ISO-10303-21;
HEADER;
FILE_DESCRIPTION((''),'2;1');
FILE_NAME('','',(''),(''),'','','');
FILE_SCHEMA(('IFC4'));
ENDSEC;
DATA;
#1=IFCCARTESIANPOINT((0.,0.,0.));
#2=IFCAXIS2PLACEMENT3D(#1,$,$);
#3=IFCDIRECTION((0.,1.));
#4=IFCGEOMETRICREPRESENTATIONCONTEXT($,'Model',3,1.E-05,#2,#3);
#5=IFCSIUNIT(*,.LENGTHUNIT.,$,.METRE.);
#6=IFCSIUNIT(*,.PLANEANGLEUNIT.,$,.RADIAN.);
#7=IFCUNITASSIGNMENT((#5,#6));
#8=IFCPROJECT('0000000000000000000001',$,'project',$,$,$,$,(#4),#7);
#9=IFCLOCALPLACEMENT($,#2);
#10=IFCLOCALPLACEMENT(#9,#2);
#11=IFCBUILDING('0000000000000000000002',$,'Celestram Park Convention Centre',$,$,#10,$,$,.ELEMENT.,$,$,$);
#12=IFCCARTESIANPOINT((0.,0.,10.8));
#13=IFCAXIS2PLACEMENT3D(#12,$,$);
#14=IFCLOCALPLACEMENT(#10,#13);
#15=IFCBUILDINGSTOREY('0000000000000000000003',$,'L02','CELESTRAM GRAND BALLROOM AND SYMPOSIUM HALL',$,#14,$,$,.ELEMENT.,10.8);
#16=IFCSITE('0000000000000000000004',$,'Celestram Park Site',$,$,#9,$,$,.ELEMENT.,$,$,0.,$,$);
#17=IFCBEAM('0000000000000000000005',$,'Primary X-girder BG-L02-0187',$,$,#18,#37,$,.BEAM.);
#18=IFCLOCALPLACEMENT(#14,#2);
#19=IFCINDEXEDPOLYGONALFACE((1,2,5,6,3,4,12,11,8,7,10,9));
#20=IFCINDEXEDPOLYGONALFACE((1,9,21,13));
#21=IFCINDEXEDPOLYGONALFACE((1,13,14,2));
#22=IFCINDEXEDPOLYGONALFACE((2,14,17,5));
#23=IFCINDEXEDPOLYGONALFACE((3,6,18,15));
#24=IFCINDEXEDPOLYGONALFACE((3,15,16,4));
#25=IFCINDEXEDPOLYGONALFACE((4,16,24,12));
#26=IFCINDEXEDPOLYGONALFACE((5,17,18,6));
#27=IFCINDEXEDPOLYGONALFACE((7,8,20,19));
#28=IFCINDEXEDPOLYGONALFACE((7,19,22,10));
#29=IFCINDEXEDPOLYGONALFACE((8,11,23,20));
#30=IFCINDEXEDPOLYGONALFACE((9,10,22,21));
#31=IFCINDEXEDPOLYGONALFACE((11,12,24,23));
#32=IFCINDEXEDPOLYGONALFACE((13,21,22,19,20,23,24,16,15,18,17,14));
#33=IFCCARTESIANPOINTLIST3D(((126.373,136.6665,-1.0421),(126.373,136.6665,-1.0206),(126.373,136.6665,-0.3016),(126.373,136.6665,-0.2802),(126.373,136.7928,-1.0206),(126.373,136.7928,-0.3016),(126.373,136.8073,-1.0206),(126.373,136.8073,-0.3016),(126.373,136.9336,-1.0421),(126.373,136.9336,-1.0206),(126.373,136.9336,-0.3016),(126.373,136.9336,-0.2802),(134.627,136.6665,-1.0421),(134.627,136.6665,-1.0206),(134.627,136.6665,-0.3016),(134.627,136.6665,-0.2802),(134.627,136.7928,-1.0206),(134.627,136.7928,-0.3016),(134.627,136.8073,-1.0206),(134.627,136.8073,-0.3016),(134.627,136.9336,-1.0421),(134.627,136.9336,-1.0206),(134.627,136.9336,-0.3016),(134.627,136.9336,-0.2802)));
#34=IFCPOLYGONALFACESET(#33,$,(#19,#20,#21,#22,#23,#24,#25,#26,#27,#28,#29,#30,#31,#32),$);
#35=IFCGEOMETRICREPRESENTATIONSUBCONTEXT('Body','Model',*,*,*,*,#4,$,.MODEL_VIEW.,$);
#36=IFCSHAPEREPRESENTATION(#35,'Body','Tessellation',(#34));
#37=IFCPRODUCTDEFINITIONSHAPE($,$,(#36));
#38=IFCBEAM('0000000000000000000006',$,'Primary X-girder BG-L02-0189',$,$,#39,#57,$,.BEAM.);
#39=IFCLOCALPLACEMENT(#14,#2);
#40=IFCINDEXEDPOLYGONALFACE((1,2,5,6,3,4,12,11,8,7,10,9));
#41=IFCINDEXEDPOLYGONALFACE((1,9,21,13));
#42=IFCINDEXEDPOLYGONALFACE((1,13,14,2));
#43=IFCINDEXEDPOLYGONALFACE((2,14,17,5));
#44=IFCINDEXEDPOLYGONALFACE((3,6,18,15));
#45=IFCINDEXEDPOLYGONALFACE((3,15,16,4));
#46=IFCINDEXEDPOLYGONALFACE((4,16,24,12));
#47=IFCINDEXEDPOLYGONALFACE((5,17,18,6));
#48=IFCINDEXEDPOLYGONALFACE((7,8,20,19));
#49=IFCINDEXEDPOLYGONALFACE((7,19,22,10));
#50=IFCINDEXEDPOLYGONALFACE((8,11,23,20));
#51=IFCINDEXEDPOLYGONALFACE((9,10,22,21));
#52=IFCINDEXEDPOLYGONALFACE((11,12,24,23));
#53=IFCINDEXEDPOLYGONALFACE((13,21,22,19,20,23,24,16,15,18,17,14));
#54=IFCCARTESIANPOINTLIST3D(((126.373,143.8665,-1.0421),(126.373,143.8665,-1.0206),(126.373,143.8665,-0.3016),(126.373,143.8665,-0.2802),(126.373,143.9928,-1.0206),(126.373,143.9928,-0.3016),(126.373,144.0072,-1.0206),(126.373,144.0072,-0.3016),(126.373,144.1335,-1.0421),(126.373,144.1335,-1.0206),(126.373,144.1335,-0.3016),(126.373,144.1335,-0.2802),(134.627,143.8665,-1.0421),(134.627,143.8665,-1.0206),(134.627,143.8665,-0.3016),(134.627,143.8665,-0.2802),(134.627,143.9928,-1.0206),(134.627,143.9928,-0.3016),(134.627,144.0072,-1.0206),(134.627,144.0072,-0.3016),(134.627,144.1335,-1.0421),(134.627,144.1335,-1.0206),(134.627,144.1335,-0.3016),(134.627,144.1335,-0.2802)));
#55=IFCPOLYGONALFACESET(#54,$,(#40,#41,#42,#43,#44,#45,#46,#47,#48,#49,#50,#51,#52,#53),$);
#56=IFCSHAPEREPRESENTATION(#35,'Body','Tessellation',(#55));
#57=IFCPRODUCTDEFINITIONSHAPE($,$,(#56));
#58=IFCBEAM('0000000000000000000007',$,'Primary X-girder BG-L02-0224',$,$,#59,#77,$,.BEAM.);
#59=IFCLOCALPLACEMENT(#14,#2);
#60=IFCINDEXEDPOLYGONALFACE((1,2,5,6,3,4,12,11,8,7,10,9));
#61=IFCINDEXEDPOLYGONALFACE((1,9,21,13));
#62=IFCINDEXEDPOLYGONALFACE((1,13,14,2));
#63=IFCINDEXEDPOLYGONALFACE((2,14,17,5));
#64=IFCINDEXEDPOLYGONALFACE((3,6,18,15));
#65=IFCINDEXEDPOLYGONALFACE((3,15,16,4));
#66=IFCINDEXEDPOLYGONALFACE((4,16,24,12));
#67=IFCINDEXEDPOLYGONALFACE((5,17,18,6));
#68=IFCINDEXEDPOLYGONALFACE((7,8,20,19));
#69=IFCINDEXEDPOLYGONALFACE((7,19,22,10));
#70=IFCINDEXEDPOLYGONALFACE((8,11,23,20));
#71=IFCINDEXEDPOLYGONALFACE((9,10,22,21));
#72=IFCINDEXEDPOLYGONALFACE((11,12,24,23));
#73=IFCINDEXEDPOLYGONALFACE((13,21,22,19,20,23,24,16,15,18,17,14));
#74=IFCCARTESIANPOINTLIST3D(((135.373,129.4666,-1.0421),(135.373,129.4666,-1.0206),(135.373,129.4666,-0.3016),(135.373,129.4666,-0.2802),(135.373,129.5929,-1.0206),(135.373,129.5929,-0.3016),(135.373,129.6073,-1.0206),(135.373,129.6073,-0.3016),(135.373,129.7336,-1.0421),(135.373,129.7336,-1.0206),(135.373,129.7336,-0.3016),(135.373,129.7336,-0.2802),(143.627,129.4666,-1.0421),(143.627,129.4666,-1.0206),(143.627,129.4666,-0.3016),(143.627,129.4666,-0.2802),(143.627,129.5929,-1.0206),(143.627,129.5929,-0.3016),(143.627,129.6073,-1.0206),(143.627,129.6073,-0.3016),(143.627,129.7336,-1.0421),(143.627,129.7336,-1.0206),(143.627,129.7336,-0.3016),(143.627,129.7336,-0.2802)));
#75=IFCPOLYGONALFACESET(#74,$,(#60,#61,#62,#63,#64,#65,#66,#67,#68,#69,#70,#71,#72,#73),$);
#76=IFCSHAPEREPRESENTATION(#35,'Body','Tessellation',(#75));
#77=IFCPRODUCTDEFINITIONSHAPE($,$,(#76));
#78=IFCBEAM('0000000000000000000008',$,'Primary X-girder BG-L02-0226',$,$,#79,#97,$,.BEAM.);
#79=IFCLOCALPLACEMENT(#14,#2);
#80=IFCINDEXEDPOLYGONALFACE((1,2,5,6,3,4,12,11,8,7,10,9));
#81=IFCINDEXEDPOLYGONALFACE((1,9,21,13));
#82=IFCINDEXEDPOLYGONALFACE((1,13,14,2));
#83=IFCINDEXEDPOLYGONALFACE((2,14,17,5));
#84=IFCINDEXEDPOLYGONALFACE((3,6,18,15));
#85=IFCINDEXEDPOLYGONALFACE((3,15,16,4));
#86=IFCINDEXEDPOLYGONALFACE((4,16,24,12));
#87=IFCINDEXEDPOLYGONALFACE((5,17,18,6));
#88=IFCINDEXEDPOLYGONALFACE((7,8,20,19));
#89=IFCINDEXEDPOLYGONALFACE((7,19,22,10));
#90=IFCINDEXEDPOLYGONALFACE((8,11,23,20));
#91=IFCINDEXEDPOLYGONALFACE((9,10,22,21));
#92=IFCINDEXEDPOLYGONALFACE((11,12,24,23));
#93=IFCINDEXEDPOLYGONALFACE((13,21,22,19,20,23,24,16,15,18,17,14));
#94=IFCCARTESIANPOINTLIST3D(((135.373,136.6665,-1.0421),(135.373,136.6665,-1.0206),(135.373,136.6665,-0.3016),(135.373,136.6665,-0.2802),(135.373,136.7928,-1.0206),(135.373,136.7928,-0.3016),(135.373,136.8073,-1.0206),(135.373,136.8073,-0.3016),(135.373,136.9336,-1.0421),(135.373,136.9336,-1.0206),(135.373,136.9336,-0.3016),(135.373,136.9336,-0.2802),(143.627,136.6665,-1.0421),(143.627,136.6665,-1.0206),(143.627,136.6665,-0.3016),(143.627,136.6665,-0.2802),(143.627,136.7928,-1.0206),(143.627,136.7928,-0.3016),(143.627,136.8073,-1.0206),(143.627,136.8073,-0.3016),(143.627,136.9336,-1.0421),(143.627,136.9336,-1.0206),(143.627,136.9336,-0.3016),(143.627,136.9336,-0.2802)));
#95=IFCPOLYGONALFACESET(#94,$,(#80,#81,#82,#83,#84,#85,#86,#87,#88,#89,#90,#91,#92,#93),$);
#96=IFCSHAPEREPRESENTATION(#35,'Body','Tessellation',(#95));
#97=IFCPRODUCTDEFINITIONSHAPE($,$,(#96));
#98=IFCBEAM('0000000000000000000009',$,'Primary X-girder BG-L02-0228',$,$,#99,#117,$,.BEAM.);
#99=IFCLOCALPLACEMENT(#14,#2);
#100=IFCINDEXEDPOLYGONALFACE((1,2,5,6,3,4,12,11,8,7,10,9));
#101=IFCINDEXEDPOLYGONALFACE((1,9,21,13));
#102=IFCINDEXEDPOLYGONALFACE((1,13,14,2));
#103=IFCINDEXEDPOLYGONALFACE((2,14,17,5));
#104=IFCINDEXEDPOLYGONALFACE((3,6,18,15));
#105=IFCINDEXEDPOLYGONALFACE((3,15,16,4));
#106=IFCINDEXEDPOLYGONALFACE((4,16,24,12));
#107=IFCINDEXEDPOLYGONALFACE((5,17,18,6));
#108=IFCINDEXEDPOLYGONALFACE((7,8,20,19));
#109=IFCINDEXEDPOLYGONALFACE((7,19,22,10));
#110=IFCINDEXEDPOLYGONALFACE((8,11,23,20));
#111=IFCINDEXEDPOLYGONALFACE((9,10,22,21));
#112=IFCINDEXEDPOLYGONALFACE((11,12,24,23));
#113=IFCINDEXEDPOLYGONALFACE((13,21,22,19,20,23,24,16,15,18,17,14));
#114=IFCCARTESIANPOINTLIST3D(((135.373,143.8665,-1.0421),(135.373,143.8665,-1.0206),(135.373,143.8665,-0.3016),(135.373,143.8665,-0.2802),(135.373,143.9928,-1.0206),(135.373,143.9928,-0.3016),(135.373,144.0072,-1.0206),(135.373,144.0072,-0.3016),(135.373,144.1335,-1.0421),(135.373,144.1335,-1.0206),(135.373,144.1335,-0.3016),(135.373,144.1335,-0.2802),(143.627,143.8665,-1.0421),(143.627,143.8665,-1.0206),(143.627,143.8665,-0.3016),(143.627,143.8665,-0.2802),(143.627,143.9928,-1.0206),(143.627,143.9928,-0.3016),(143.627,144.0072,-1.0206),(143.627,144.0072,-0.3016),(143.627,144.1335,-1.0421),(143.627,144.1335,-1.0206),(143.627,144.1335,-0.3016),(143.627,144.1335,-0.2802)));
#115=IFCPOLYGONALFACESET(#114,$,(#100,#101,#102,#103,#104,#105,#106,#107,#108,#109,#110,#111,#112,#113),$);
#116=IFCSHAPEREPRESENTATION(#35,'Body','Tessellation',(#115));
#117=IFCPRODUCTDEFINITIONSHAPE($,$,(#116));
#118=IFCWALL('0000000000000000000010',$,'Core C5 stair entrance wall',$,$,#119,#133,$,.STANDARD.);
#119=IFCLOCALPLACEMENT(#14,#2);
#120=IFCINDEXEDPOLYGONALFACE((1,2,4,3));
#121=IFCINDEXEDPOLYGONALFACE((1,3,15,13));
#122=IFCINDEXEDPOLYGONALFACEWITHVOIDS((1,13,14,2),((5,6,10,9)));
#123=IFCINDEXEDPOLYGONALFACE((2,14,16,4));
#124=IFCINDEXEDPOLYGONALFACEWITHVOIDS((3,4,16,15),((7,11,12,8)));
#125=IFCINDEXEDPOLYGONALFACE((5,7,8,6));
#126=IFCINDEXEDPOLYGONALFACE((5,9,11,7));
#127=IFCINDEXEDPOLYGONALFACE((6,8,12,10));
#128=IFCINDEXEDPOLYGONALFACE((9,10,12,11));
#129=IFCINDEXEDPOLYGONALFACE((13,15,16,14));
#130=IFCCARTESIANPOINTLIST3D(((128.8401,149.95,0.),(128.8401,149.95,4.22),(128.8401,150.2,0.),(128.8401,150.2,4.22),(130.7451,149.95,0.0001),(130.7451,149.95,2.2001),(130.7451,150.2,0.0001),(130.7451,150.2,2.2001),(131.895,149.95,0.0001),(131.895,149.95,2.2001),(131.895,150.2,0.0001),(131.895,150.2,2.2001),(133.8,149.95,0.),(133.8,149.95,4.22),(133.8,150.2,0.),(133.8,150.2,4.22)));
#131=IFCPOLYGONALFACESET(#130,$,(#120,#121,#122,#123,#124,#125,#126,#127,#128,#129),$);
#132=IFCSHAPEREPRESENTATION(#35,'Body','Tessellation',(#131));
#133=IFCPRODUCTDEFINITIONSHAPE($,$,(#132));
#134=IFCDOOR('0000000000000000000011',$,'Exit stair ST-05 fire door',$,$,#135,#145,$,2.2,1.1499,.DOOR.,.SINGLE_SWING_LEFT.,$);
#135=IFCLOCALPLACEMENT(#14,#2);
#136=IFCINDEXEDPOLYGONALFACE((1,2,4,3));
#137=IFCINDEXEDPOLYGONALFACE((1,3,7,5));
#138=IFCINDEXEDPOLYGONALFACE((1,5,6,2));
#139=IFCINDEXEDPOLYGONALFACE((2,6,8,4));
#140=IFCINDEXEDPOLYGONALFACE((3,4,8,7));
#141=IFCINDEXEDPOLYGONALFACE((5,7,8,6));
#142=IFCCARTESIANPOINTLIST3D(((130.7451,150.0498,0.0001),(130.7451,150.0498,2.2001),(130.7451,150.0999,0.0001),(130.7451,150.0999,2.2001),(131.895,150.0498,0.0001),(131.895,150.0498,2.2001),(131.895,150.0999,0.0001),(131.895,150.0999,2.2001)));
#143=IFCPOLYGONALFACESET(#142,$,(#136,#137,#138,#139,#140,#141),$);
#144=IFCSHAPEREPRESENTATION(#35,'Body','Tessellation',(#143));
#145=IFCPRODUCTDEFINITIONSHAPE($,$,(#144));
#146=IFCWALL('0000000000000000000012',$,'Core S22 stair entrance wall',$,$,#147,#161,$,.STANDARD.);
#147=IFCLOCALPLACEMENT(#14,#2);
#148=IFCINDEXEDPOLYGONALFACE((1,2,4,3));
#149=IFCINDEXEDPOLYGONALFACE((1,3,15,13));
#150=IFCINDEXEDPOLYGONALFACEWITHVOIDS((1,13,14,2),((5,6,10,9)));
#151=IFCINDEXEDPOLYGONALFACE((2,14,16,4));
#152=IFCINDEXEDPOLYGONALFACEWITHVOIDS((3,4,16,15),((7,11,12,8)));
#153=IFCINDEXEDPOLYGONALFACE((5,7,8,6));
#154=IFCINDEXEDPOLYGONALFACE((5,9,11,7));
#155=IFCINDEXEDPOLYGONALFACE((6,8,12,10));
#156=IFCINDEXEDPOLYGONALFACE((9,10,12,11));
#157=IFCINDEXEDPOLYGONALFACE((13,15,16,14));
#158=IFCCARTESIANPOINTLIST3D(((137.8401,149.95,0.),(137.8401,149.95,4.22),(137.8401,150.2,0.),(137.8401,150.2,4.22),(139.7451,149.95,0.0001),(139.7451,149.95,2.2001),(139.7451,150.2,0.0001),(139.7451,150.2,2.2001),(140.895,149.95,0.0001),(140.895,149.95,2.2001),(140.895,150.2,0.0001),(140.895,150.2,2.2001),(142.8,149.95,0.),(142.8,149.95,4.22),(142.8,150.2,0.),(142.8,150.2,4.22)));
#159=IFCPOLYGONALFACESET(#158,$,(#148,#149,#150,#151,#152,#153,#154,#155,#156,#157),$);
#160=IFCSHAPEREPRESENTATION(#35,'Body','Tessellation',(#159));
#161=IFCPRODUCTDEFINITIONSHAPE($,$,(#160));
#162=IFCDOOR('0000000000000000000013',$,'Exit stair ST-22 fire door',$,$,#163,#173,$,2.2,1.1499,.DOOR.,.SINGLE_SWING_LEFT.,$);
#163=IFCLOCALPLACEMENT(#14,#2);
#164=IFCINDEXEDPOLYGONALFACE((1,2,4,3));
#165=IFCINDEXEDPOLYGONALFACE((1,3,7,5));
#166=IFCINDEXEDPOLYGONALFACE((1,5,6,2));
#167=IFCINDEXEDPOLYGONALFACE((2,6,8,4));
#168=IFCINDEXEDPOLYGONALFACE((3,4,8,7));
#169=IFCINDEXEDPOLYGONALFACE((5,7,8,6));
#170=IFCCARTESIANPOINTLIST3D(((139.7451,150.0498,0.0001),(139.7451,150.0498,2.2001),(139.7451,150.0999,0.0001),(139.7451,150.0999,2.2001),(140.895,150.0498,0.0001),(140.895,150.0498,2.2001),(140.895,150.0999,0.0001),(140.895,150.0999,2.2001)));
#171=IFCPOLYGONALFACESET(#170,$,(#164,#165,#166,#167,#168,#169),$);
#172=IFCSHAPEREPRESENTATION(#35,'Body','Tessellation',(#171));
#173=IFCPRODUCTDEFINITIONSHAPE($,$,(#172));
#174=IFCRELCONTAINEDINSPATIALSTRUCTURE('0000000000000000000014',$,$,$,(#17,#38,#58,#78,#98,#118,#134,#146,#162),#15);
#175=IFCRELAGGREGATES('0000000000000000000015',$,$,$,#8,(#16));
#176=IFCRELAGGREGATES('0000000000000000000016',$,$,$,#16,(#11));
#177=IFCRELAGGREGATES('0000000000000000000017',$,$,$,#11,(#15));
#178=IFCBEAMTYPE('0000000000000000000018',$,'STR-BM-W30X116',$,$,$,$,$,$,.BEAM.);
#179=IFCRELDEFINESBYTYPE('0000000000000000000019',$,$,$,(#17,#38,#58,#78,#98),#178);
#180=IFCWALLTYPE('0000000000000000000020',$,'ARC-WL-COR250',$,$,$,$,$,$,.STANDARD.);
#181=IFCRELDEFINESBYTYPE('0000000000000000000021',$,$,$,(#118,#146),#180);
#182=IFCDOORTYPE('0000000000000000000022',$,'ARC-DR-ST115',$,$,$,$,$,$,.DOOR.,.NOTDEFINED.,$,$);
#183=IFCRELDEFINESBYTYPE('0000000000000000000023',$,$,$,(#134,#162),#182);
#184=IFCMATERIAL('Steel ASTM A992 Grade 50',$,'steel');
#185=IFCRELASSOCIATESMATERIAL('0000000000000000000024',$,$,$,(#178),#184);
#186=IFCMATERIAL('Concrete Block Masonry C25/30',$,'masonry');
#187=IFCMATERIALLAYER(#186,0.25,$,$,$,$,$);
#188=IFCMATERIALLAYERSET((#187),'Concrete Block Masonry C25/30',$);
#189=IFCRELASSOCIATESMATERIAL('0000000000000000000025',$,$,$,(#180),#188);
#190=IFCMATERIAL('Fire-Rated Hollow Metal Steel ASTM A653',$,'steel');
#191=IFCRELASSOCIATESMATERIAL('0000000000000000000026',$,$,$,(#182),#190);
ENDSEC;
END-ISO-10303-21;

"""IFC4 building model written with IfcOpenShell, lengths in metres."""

from ifc_helpers import new_model, si_unit, direction, frame, frame_2d, origin, origin_2d, place, context, subcontext, project, spatial, rectangle, i_section, extrude, material, layer, layer_set, material_profile, profile_set, type_object, element, fill, save


model = new_model("IFC4")

# Units and contexts
model_context = context("Model", 3, precision=1e-05, world=origin(), true_north=direction((0.0, 1.0)))
body_context = subcontext(model_context, "Body", "Model", "MODEL_VIEW")
ifc_project = project(units=[si_unit("LENGTHUNIT", "METRE"), si_unit("PLANEANGLEUNIT", "RADIAN")], contexts=[model_context])

# Site, building, storey
site_placement = place(None, origin())
site = spatial("IfcSite", under=ifc_project, at=site_placement, Name="Celestram Park Site", CompositionType="ELEMENT", RefElevation=0.0)
building_placement = place(site_placement, origin())
building = spatial("IfcBuilding", under=site, at=building_placement, Name="Celestram Park Convention Centre", CompositionType="ELEMENT")
storey_placement = place(building_placement, frame((0.0, 0.0, 10.8)))
storey = spatial("IfcBuildingStorey", under=building, at=storey_placement, Name="L02", Description="CELESTRAM GRAND BALLROOM AND SYMPOSIUM HALL", CompositionType="ELEMENT", Elevation=10.8)

# Beams
ifc_material_1 = material(Name="Steel ASTM A992 Grade 50", Category="steel")
ifc_material_profile_1 = material_profile(ifc_material_1, i_section(OverallWidth=0.2671, OverallDepth=0.762, WebThickness=0.0144, FlangeThickness=0.0215, at=origin_2d()), Name="W30X116")
ifc_profile_set_1 = profile_set([ifc_material_profile_1], Name="Steel ASTM A992 Grade 50")
beam_type_1 = type_object("IfcBeamType", Name="STR-BM-W30X116", PredefinedType="BEAM", material=ifc_profile_set_1)
for number, where, z_axis, x_axis, name in (
    (1, (126.373, 136.8, -0.6611), (1.0, 0.0, 0.0), (0.0, 1.0, 0.0), "Primary X-girder BG-L02-0187"),
    (2, (126.373, 144.0, -0.6611), (1.0, 0.0, 0.0), (0.0, 1.0, 0.0), "Primary X-girder BG-L02-0189"),
    (3, (135.373, 129.6001, -0.6611), (1.0, 0.0, 0.0), (0.0, 1.0, 0.0), "Primary X-girder BG-L02-0224"),
    (4, (135.373, 136.8, -0.6611), (1.0, 0.0, 0.0), (0.0, 1.0, 0.0), "Primary X-girder BG-L02-0226"),
    (5, (135.373, 144.0, -0.6611), (1.0, 0.0, 0.0), (0.0, 1.0, 0.0), "Primary X-girder BG-L02-0228"),
):
    element("IfcBeam", number, at=place(storey_placement, frame(where, z_axis=z_axis, x_axis=x_axis)), inside=storey, type_object=beam_type_1, Name=name, PredefinedType="BEAM", context=body_context, shape_type="SweptSolid", body=[
        extrude(i_section(OverallWidth=0.2671, OverallDepth=0.762, WebThickness=0.0144, FlangeThickness=0.0215, at=origin_2d()), origin(), (0.0, 0.0, 1.0), 8.2539),
    ])

# Walls, openings, doors
ifc_material_2 = material(Name="Concrete Block Masonry C25/30", Category="masonry")
ifc_layer_1 = layer(ifc_material_2, 0.25)
ifc_layer_set_1 = layer_set([ifc_layer_1], Name="Concrete Block Masonry C25/30")
wall_type_1 = type_object("IfcWallType", Name="ARC-WL-COR250", PredefinedType="STANDARD", material=ifc_layer_set_1)
wall_1_placement = place(storey_placement, frame((128.8401, 150.075, 0.0), z_axis=(0.0, 0.0, 1.0), x_axis=(1.0, 0.0, 0.0)))
wall_1 = element("IfcWall", 6, at=wall_1_placement, inside=storey, type_object=wall_type_1, Name="Core C5 stair entrance wall", PredefinedType="STANDARD", context=body_context, shape_type="SweptSolid", body=[
    extrude(rectangle(XDim=4.96, YDim=0.25, at=frame_2d((2.48, 0.0))), origin(), (0.0, 0.0, 1.0), 4.22),
])
opening_1_placement = place(wall_1_placement, frame((1.905, 0.0, 0.0)))
opening_1 = element("IfcOpeningElement", 7, at=opening_1_placement, cuts=wall_1, PredefinedType="OPENING", context=body_context, shape_type="SweptSolid", body=[
    extrude(rectangle(XDim=1.1499, YDim=2.2, at=frame_2d((0.575, 1.1001))), frame((0.0, 0.135, 0.0), z_axis=(0.0, -1.0, 0.0), x_axis=(1.0, 0.0, 0.0)), (0.0, 0.0, 1.0), 0.27),
])
ifc_material_3 = material(Name="Fire-Rated Hollow Metal Steel ASTM A653", Category="steel")
door_type_1 = type_object("IfcDoorType", Name="ARC-DR-ST115", OperationType="NOTDEFINED", PredefinedType="DOOR", material=ifc_material_3)
door_1_placement = place(opening_1_placement, origin())
door_1 = element("IfcDoor", 8, at=door_1_placement, inside=storey, type_object=door_type_1, Name="Exit stair ST-05 fire door", OperationType="SINGLE_SWING_LEFT", OverallHeight=2.2, OverallWidth=1.1499, PredefinedType="DOOR", context=body_context, shape_type="SweptSolid", body=[
    extrude(rectangle(XDim=1.1499, YDim=2.2, at=frame_2d((0.575, 1.1001))), frame((0.0, 0.0249, 0.0), z_axis=(0.0, -1.0, 0.0), x_axis=(1.0, 0.0, 0.0)), (0.0, 0.0, 1.0), 0.05),
])
fill(opening_1, door_1)
wall_2_placement = place(storey_placement, frame((137.8401, 150.075, 0.0), z_axis=(0.0, 0.0, 1.0), x_axis=(1.0, 0.0, 0.0)))
wall_2 = element("IfcWall", 9, at=wall_2_placement, inside=storey, type_object=wall_type_1, Name="Core S22 stair entrance wall", PredefinedType="STANDARD", context=body_context, shape_type="SweptSolid", body=[
    extrude(rectangle(XDim=4.96, YDim=0.25, at=frame_2d((2.48, 0.0))), origin(), (0.0, 0.0, 1.0), 4.22),
])
opening_2_placement = place(wall_2_placement, frame((1.905, 0.0, 0.0)))
opening_2 = element("IfcOpeningElement", 10, at=opening_2_placement, cuts=wall_2, PredefinedType="OPENING", context=body_context, shape_type="SweptSolid", body=[
    extrude(rectangle(XDim=1.1499, YDim=2.2, at=frame_2d((0.575, 1.1001))), frame((0.0, 0.135, 0.0), z_axis=(0.0, -1.0, 0.0), x_axis=(1.0, 0.0, 0.0)), (0.0, 0.0, 1.0), 0.27),
])
door_2_placement = place(opening_2_placement, origin())
door_2 = element("IfcDoor", 11, at=door_2_placement, inside=storey, type_object=door_type_1, Name="Exit stair ST-22 fire door", OperationType="SINGLE_SWING_LEFT", OverallHeight=2.2, OverallWidth=1.1499, PredefinedType="DOOR", context=body_context, shape_type="SweptSolid", body=[
    extrude(rectangle(XDim=1.1499, YDim=2.2, at=frame_2d((0.575, 1.1001))), frame((0.0, 0.0249, 0.0), z_axis=(0.0, -1.0, 0.0), x_axis=(1.0, 0.0, 0.0)), (0.0, 0.0, 1.0), 0.05),
])
fill(opening_2, door_2)

save(model, "model.ifc")
